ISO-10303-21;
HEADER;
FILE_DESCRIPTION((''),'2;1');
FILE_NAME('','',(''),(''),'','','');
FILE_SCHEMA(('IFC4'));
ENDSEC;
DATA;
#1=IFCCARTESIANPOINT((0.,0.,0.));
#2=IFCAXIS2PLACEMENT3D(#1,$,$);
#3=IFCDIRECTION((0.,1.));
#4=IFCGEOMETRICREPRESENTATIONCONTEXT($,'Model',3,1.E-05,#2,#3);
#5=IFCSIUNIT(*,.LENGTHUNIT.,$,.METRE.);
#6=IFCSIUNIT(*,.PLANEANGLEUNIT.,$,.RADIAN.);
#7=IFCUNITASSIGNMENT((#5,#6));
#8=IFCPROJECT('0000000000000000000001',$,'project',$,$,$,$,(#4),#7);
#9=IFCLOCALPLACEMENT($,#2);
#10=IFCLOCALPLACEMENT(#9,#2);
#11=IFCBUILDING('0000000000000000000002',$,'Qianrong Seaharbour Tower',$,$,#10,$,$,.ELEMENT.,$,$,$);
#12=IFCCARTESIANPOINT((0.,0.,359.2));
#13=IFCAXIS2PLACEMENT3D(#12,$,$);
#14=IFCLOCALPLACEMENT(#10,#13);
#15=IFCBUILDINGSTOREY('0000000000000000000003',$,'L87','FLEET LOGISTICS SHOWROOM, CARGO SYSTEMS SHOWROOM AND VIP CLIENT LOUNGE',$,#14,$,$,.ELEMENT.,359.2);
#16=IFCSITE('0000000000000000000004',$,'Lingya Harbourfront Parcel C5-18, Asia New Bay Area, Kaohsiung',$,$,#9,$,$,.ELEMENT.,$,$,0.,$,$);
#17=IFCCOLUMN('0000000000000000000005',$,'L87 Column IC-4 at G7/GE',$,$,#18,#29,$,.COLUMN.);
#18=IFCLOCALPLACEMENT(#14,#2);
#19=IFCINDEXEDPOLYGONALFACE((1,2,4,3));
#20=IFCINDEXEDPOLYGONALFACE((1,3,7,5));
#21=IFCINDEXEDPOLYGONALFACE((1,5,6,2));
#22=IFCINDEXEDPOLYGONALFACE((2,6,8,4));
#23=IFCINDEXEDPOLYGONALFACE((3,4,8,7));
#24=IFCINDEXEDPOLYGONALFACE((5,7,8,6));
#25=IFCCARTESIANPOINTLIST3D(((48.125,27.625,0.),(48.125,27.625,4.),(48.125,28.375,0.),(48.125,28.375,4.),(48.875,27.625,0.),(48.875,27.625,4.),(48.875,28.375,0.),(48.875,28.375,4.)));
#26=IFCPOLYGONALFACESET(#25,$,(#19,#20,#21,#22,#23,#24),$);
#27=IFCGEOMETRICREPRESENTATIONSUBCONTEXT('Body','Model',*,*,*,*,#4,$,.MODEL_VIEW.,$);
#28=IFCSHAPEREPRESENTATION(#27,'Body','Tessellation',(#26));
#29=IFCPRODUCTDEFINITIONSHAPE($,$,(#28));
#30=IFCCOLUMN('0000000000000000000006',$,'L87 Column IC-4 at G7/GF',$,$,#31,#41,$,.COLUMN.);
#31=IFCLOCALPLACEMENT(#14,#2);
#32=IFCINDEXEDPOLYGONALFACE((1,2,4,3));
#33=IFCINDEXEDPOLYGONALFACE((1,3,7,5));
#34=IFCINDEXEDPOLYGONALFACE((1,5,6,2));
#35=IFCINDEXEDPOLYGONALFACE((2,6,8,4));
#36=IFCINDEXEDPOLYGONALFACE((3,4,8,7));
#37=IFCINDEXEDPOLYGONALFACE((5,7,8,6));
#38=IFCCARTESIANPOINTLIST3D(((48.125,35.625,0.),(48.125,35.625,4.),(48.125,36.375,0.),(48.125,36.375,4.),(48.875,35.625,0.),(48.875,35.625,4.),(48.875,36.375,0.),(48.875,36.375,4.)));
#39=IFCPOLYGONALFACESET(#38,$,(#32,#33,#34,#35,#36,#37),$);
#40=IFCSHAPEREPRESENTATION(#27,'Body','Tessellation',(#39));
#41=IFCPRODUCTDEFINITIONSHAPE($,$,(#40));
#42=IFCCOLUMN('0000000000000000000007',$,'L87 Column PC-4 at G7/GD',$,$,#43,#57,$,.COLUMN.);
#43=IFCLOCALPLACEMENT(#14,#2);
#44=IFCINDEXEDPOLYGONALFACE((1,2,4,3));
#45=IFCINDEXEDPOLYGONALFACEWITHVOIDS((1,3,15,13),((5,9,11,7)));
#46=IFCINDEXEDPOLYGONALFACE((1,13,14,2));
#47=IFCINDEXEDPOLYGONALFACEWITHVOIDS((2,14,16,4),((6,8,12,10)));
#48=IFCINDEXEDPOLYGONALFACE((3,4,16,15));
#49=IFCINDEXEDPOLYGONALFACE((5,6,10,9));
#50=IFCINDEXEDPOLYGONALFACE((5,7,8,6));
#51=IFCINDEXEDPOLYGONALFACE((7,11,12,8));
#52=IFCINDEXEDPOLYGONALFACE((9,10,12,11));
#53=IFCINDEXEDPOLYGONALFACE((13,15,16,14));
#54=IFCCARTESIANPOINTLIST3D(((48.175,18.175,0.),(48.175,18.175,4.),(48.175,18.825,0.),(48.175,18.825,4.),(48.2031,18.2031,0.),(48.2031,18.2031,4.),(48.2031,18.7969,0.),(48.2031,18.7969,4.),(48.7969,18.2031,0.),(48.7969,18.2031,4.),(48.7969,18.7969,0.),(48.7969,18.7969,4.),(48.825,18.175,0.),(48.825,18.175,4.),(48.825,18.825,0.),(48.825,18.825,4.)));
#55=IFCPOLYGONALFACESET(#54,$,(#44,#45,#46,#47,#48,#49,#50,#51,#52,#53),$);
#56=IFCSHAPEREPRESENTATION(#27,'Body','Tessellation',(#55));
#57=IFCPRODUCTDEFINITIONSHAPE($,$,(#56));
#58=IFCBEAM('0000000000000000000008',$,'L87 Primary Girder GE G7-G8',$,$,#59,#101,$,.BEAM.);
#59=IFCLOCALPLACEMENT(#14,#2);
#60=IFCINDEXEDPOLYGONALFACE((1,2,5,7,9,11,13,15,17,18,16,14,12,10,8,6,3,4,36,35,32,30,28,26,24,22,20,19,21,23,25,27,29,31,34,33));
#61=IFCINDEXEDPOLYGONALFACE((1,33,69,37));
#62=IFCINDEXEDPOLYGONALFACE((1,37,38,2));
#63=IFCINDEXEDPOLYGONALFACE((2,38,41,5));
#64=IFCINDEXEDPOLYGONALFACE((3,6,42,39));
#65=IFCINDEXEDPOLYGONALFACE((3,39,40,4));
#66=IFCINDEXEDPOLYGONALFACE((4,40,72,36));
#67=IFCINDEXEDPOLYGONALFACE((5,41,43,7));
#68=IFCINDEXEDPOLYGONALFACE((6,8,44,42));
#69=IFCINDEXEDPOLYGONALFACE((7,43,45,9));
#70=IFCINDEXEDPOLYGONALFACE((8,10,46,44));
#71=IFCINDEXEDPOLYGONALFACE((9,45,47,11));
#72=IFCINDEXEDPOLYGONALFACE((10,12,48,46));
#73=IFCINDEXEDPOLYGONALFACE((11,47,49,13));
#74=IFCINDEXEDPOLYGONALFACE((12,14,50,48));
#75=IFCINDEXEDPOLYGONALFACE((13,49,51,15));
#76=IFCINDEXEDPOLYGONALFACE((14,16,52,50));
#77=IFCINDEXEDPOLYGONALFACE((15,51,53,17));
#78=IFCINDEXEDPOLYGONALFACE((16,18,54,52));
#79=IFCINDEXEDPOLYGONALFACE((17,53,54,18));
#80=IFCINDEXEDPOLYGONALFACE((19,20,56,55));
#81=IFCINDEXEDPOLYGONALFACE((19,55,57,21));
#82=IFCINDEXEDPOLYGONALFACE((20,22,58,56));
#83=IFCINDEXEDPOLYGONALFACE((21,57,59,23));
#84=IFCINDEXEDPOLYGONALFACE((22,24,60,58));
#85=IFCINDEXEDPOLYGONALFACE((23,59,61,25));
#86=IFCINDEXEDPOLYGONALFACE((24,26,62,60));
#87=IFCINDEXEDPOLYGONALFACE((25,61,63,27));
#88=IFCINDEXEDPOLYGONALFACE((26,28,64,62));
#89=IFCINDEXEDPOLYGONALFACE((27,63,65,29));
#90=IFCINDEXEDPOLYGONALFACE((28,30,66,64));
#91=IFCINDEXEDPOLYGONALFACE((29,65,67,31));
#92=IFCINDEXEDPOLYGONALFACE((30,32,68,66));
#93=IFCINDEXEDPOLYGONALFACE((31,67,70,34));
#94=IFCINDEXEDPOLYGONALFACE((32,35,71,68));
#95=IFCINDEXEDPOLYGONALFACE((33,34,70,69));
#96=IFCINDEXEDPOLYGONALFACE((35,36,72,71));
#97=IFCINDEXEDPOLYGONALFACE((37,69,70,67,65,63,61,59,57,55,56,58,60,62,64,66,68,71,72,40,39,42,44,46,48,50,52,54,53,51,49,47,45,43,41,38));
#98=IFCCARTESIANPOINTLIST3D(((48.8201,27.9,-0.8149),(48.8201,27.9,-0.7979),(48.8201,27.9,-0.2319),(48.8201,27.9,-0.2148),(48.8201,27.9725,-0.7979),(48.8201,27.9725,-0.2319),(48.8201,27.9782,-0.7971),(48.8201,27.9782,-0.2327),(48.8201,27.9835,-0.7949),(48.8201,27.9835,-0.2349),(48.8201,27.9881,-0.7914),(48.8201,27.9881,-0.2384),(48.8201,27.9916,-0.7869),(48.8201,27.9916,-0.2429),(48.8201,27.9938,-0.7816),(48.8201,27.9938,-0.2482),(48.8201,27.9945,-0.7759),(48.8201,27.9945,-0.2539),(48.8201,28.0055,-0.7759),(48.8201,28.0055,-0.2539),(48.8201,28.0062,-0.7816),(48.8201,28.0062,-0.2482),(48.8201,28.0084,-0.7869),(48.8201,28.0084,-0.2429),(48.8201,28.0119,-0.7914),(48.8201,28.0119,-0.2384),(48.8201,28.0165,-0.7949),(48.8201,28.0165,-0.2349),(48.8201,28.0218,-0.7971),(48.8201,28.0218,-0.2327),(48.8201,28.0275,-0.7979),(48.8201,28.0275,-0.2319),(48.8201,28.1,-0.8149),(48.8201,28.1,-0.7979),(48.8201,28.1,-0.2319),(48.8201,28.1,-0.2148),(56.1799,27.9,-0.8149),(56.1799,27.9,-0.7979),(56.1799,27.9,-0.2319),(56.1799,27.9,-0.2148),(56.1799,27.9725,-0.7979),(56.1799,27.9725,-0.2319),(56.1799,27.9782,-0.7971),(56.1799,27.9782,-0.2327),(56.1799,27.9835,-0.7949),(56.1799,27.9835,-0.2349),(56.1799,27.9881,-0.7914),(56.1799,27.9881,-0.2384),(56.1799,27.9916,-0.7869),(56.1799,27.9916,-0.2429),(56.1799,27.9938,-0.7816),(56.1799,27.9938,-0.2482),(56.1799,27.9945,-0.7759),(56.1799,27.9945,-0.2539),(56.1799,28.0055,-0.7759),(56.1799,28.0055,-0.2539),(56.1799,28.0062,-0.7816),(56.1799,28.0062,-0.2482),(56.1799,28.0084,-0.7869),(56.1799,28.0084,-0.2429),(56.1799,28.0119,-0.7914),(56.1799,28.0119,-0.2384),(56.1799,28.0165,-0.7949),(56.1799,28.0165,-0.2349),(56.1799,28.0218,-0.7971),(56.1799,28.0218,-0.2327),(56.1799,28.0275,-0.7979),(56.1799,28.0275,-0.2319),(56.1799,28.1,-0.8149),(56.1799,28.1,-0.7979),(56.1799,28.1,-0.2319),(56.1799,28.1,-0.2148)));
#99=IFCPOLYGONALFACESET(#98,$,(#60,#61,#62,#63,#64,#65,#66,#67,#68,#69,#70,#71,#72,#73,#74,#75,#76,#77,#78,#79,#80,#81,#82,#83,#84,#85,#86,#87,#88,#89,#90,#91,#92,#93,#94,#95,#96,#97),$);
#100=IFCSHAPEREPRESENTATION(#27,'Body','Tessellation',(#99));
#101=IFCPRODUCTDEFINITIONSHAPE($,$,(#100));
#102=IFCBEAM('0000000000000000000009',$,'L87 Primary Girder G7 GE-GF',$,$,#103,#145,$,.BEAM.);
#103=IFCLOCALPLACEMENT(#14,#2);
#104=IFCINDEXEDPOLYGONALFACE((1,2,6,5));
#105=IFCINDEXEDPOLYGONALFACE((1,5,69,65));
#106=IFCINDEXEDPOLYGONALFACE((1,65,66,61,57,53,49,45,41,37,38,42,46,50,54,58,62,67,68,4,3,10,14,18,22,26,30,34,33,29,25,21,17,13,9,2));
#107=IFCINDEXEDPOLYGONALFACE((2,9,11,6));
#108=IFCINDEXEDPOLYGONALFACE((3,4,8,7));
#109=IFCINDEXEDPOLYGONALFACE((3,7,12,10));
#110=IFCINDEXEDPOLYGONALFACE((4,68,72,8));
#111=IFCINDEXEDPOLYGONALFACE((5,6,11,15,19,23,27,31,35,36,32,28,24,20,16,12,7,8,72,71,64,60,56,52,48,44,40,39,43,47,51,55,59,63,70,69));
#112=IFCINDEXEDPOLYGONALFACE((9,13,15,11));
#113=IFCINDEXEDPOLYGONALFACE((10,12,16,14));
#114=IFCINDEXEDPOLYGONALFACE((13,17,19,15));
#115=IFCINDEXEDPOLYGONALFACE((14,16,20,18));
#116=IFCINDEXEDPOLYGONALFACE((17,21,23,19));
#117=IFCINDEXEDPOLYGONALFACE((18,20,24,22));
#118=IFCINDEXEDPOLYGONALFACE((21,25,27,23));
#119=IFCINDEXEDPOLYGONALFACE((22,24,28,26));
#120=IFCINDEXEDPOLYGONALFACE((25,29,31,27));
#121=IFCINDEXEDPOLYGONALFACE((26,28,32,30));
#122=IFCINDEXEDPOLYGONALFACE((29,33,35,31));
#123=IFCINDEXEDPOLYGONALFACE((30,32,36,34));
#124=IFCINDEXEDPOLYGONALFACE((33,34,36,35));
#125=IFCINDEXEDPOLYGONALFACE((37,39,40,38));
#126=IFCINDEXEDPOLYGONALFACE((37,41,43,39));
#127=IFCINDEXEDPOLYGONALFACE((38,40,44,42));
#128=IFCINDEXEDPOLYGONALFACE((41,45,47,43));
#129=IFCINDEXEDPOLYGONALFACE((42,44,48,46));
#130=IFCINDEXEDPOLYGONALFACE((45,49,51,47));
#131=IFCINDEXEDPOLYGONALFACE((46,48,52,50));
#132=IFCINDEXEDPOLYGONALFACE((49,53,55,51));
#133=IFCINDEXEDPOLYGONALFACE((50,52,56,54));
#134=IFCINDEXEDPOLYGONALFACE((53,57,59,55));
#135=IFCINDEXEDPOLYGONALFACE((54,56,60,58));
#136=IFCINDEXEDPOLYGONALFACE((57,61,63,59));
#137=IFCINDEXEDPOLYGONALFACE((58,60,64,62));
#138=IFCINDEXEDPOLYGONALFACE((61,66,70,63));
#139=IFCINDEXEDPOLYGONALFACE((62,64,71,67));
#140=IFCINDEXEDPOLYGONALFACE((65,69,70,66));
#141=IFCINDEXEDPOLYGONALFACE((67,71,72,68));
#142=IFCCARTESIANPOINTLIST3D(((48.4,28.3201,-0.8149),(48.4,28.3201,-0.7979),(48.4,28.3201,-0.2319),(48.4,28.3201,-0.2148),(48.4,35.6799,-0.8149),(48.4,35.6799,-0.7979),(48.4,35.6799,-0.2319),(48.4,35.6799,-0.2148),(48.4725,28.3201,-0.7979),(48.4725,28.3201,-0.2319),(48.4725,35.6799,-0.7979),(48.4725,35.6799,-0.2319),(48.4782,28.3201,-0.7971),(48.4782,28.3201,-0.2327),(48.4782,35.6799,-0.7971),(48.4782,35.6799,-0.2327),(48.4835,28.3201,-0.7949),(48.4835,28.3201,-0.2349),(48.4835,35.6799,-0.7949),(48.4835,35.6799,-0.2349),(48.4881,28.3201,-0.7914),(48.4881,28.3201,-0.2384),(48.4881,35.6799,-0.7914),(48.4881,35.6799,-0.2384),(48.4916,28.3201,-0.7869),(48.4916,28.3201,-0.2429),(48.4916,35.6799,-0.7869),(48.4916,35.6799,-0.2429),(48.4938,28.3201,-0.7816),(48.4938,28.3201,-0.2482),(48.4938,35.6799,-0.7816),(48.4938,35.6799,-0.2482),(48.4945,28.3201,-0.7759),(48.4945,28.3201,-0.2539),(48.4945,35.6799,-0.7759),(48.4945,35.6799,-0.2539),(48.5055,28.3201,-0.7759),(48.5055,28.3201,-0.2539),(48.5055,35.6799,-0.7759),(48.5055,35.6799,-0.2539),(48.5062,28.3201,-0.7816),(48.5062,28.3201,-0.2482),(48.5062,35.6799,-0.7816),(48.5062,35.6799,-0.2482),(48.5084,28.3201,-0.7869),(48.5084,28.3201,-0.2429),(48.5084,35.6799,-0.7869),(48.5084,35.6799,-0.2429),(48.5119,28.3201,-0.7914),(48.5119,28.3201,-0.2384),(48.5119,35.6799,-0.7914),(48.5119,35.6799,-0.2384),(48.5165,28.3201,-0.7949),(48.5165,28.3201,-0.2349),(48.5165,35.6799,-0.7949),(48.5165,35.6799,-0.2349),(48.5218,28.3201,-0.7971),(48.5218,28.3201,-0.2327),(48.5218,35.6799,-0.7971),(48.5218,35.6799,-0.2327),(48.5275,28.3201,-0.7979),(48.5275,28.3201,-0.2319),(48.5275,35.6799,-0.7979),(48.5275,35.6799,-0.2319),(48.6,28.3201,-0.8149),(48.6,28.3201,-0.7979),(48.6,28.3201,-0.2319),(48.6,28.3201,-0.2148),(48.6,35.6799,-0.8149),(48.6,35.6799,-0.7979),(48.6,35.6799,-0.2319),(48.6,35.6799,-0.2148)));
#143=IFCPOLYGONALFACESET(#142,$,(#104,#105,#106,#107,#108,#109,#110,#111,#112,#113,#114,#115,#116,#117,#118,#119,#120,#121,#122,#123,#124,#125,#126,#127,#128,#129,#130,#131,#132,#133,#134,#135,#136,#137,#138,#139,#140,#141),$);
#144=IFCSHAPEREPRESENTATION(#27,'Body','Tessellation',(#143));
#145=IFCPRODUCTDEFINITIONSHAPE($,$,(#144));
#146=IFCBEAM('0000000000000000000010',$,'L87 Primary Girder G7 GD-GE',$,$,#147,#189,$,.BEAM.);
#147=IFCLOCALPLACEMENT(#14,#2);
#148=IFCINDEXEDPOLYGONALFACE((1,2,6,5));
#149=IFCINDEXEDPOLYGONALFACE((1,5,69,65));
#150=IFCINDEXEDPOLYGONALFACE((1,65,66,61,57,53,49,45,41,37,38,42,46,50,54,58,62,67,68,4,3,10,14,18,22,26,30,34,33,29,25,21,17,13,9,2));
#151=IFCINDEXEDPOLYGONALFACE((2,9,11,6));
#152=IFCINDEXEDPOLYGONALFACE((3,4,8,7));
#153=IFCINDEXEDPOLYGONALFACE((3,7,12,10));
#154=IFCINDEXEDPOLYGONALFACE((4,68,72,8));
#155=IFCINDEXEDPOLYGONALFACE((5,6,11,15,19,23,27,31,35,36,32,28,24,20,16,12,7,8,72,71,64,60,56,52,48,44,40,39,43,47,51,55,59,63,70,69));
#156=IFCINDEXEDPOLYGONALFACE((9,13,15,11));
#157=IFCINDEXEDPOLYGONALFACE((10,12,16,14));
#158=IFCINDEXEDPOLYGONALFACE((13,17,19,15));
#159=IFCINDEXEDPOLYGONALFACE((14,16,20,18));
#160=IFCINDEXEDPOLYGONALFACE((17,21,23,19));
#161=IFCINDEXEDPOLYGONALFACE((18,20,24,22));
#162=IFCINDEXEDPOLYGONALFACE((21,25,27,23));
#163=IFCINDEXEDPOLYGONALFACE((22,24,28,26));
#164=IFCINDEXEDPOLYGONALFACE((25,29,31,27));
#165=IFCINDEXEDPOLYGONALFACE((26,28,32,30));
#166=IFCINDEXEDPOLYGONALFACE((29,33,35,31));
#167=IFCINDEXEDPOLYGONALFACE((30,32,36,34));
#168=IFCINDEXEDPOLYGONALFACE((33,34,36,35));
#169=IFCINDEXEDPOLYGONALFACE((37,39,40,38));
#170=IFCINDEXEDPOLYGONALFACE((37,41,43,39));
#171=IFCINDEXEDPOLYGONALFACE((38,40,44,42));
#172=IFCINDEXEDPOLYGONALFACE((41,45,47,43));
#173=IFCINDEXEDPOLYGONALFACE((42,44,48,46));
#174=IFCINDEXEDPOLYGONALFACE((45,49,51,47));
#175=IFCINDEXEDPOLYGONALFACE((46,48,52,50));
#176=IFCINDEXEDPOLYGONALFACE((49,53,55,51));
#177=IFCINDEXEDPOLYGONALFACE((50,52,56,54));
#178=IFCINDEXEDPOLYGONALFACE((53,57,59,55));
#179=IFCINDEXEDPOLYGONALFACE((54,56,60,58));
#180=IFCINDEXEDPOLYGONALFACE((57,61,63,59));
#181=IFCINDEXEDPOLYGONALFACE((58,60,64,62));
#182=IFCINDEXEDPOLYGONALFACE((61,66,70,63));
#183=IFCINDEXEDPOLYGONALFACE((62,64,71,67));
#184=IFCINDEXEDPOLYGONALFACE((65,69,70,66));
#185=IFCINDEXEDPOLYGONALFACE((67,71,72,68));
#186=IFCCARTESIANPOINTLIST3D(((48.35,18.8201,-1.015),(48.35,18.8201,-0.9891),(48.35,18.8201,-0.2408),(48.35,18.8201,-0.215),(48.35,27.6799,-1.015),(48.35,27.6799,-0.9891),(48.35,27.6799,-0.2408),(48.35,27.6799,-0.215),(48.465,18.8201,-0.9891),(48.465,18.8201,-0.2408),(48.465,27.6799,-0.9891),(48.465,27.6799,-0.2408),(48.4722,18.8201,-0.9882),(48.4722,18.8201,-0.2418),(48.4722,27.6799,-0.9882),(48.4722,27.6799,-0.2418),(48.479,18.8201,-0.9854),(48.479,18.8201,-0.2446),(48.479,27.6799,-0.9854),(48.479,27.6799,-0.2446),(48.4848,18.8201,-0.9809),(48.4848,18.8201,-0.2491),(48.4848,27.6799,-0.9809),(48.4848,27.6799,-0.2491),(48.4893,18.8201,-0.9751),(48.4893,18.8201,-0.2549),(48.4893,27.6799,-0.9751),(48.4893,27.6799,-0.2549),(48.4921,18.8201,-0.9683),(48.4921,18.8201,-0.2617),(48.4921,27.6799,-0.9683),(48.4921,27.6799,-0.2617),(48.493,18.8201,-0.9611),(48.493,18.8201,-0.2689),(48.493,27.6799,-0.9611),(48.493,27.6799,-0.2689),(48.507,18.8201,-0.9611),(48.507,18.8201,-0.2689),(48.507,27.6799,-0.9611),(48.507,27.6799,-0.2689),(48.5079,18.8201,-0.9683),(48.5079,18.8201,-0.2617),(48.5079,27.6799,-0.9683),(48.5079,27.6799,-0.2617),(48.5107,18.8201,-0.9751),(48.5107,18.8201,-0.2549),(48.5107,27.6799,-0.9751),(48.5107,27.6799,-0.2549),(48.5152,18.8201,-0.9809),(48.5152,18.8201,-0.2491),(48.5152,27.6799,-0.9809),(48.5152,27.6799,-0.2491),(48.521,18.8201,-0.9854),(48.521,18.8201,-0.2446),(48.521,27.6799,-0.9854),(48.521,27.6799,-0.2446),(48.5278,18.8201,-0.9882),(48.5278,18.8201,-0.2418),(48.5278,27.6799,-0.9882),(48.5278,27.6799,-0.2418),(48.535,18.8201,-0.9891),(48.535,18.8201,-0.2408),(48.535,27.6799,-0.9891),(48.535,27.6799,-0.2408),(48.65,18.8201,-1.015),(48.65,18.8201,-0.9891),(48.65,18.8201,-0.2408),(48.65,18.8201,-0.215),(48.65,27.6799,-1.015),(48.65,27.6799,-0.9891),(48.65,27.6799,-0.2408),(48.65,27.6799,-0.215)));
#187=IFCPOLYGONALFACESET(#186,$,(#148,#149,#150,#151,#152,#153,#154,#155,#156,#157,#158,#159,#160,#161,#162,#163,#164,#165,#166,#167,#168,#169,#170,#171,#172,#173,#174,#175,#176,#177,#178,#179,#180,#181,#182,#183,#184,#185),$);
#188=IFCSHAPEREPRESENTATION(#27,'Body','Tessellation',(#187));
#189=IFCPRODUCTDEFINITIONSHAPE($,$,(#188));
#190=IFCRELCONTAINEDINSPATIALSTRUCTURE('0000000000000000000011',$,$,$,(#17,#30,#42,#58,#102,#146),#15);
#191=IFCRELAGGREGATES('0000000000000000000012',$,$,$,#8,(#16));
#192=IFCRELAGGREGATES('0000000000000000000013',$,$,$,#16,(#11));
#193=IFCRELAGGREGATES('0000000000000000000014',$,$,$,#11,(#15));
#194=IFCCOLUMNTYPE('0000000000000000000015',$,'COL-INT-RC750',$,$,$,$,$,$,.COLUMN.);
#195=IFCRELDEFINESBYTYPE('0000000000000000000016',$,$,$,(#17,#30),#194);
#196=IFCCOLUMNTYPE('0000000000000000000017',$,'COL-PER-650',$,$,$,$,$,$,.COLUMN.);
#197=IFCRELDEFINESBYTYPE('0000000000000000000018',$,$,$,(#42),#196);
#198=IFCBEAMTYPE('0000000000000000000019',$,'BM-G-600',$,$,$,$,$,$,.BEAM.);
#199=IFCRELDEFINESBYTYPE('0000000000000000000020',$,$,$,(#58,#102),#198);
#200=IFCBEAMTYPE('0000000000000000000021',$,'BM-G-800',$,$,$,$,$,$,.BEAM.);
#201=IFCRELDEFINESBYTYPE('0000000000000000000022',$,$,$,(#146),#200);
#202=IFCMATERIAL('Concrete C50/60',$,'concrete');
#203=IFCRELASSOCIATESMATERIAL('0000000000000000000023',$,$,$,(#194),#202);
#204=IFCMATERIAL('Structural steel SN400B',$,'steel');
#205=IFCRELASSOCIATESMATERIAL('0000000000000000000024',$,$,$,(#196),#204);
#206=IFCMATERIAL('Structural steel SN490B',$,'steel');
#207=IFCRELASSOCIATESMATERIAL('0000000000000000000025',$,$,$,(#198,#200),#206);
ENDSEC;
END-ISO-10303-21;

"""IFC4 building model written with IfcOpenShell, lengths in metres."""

from ifc_helpers import new_model, si_unit, direction, frame, origin, origin_2d, place, context, subcontext, project, spatial, rectangle, hollow_rectangle, i_section, extrude, material, material_profile, profile_set, type_object, element, save


model = new_model("IFC4")

# Units and contexts
model_context = context("Model", 3, precision=1e-05, world=origin(), true_north=direction((0.0, 1.0)))
body_context = subcontext(model_context, "Body", "Model", "MODEL_VIEW")
ifc_project = project(units=[si_unit("LENGTHUNIT", "METRE"), si_unit("PLANEANGLEUNIT", "RADIAN")], contexts=[model_context])

# Site, building, storey
site_placement = place(None, origin())
site = spatial("IfcSite", under=ifc_project, at=site_placement, Name="Lingya Harbourfront Parcel C5-18, Asia New Bay Area, Kaohsiung", CompositionType="ELEMENT", RefElevation=0.0)
building_placement = place(site_placement, origin())
building = spatial("IfcBuilding", under=site, at=building_placement, Name="Qianrong Seaharbour Tower", CompositionType="ELEMENT")
storey_placement = place(building_placement, frame((0.0, 0.0, 359.2)))
storey = spatial("IfcBuildingStorey", under=building, at=storey_placement, Name="L87", Description="FLEET LOGISTICS SHOWROOM, CARGO SYSTEMS SHOWROOM AND VIP CLIENT LOUNGE", CompositionType="ELEMENT", Elevation=359.2)

# Columns
ifc_material_1 = material(Name="Concrete C50/60", Category="concrete")
ifc_material_profile_1 = material_profile(ifc_material_1, rectangle(XDim=0.75, YDim=0.75, at=origin_2d()), Name="RC750x750")
ifc_profile_set_1 = profile_set([ifc_material_profile_1], Name="Concrete C50/60")
column_type_1 = type_object("IfcColumnType", Name="COL-INT-RC750", PredefinedType="COLUMN", material=ifc_profile_set_1)
for number, where, z_axis, x_axis, name in (
    (1, (48.5, 28.0, 0.0), (0.0, 0.0, 1.0), (1.0, 0.0, 0.0), "L87 Column IC-4 at G7/GE"),
    (2, (48.5, 36.0, 0.0), (0.0, 0.0, 1.0), (1.0, 0.0, 0.0), "L87 Column IC-4 at G7/GF"),
):
    element("IfcColumn", number, at=place(storey_placement, frame(where, z_axis=z_axis, x_axis=x_axis)), inside=storey, type_object=column_type_1, Name=name, PredefinedType="COLUMN", context=body_context, shape_type="SweptSolid", body=[
        extrude(rectangle(XDim=0.75, YDim=0.75, at=origin_2d()), origin(), (0.0, 0.0, 1.0), 4.0),
    ])
ifc_material_2 = material(Name="Structural steel SN400B", Category="steel")
ifc_material_profile_2 = material_profile(ifc_material_2, hollow_rectangle(XDim=0.6499, YDim=0.6499, WallThickness=0.0281, at=origin_2d()), Name="BOX650x650x28")
ifc_profile_set_2 = profile_set([ifc_material_profile_2], Name="Structural steel SN400B")
column_type_2 = type_object("IfcColumnType", Name="COL-PER-650", PredefinedType="COLUMN", material=ifc_profile_set_2)
column_placement = place(storey_placement, frame((48.5, 18.5, 0.0), z_axis=(0.0, 0.0, 1.0), x_axis=(1.0, 0.0, 0.0)))
element("IfcColumn", 3, at=column_placement, inside=storey, type_object=column_type_2, Name="L87 Column PC-4 at G7/GD", PredefinedType="COLUMN", context=body_context, shape_type="SweptSolid", body=[
    extrude(hollow_rectangle(XDim=0.6499, YDim=0.6499, WallThickness=0.0281, at=origin_2d()), origin(), (0.0, 0.0, 1.0), 4.0),
])

# Beams
ifc_material_3 = material(Name="Structural steel SN490B", Category="steel")
ifc_material_profile_3 = material_profile(ifc_material_3, i_section(OverallWidth=0.2, OverallDepth=0.6001, WebThickness=0.011, FlangeThickness=0.0171, FilletRadius=0.022, at=origin_2d()), Name="H600x200x11x17")
ifc_profile_set_3 = profile_set([ifc_material_profile_3], Name="Structural steel SN490B")
beam_type_1 = type_object("IfcBeamType", Name="BM-G-600", PredefinedType="BEAM", material=ifc_profile_set_3)
for number, where, z_axis, x_axis, name in (
    (4, (48.8201, 28.0, -0.5149), (1.0, 0.0, 0.0), (0.0, 1.0, 0.0), "L87 Primary Girder GE G7-G8"),
    (5, (48.5, 28.3201, -0.5149), (0.0, 1.0, 0.0), (-1.0, 0.0, 0.0), "L87 Primary Girder G7 GE-GF"),
):
    element("IfcBeam", number, at=place(storey_placement, frame(where, z_axis=z_axis, x_axis=x_axis)), inside=storey, type_object=beam_type_1, Name=name, PredefinedType="BEAM", context=body_context, shape_type="SweptSolid", body=[
        extrude(i_section(OverallWidth=0.2, OverallDepth=0.6001, WebThickness=0.011, FlangeThickness=0.0171, FilletRadius=0.022, at=origin_2d()), origin(), (0.0, 0.0, 1.0), 7.3599),
    ])
ifc_material_profile_4 = material_profile(ifc_material_3, i_section(OverallWidth=0.3, OverallDepth=0.8, WebThickness=0.0139, FlangeThickness=0.0259, FilletRadius=0.0281, at=origin_2d()), Name="H800x300x14x26")
ifc_profile_set_4 = profile_set([ifc_material_profile_4], Name="Structural steel SN490B")
beam_type_2 = type_object("IfcBeamType", Name="BM-G-800", PredefinedType="BEAM", material=ifc_profile_set_4)
beam_1_placement = place(storey_placement, frame((48.5, 18.8201, -0.615), z_axis=(0.0, 1.0, 0.0), x_axis=(-1.0, 0.0, 0.0)))
element("IfcBeam", 6, at=beam_1_placement, inside=storey, type_object=beam_type_2, Name="L87 Primary Girder G7 GD-GE", PredefinedType="BEAM", context=body_context, shape_type="SweptSolid", body=[
    extrude(i_section(OverallWidth=0.3, OverallDepth=0.8, WebThickness=0.0139, FlangeThickness=0.0259, FilletRadius=0.0281, at=origin_2d()), origin(), (0.0, 0.0, 1.0), 8.8599),
])

save(model, "model.ifc")
